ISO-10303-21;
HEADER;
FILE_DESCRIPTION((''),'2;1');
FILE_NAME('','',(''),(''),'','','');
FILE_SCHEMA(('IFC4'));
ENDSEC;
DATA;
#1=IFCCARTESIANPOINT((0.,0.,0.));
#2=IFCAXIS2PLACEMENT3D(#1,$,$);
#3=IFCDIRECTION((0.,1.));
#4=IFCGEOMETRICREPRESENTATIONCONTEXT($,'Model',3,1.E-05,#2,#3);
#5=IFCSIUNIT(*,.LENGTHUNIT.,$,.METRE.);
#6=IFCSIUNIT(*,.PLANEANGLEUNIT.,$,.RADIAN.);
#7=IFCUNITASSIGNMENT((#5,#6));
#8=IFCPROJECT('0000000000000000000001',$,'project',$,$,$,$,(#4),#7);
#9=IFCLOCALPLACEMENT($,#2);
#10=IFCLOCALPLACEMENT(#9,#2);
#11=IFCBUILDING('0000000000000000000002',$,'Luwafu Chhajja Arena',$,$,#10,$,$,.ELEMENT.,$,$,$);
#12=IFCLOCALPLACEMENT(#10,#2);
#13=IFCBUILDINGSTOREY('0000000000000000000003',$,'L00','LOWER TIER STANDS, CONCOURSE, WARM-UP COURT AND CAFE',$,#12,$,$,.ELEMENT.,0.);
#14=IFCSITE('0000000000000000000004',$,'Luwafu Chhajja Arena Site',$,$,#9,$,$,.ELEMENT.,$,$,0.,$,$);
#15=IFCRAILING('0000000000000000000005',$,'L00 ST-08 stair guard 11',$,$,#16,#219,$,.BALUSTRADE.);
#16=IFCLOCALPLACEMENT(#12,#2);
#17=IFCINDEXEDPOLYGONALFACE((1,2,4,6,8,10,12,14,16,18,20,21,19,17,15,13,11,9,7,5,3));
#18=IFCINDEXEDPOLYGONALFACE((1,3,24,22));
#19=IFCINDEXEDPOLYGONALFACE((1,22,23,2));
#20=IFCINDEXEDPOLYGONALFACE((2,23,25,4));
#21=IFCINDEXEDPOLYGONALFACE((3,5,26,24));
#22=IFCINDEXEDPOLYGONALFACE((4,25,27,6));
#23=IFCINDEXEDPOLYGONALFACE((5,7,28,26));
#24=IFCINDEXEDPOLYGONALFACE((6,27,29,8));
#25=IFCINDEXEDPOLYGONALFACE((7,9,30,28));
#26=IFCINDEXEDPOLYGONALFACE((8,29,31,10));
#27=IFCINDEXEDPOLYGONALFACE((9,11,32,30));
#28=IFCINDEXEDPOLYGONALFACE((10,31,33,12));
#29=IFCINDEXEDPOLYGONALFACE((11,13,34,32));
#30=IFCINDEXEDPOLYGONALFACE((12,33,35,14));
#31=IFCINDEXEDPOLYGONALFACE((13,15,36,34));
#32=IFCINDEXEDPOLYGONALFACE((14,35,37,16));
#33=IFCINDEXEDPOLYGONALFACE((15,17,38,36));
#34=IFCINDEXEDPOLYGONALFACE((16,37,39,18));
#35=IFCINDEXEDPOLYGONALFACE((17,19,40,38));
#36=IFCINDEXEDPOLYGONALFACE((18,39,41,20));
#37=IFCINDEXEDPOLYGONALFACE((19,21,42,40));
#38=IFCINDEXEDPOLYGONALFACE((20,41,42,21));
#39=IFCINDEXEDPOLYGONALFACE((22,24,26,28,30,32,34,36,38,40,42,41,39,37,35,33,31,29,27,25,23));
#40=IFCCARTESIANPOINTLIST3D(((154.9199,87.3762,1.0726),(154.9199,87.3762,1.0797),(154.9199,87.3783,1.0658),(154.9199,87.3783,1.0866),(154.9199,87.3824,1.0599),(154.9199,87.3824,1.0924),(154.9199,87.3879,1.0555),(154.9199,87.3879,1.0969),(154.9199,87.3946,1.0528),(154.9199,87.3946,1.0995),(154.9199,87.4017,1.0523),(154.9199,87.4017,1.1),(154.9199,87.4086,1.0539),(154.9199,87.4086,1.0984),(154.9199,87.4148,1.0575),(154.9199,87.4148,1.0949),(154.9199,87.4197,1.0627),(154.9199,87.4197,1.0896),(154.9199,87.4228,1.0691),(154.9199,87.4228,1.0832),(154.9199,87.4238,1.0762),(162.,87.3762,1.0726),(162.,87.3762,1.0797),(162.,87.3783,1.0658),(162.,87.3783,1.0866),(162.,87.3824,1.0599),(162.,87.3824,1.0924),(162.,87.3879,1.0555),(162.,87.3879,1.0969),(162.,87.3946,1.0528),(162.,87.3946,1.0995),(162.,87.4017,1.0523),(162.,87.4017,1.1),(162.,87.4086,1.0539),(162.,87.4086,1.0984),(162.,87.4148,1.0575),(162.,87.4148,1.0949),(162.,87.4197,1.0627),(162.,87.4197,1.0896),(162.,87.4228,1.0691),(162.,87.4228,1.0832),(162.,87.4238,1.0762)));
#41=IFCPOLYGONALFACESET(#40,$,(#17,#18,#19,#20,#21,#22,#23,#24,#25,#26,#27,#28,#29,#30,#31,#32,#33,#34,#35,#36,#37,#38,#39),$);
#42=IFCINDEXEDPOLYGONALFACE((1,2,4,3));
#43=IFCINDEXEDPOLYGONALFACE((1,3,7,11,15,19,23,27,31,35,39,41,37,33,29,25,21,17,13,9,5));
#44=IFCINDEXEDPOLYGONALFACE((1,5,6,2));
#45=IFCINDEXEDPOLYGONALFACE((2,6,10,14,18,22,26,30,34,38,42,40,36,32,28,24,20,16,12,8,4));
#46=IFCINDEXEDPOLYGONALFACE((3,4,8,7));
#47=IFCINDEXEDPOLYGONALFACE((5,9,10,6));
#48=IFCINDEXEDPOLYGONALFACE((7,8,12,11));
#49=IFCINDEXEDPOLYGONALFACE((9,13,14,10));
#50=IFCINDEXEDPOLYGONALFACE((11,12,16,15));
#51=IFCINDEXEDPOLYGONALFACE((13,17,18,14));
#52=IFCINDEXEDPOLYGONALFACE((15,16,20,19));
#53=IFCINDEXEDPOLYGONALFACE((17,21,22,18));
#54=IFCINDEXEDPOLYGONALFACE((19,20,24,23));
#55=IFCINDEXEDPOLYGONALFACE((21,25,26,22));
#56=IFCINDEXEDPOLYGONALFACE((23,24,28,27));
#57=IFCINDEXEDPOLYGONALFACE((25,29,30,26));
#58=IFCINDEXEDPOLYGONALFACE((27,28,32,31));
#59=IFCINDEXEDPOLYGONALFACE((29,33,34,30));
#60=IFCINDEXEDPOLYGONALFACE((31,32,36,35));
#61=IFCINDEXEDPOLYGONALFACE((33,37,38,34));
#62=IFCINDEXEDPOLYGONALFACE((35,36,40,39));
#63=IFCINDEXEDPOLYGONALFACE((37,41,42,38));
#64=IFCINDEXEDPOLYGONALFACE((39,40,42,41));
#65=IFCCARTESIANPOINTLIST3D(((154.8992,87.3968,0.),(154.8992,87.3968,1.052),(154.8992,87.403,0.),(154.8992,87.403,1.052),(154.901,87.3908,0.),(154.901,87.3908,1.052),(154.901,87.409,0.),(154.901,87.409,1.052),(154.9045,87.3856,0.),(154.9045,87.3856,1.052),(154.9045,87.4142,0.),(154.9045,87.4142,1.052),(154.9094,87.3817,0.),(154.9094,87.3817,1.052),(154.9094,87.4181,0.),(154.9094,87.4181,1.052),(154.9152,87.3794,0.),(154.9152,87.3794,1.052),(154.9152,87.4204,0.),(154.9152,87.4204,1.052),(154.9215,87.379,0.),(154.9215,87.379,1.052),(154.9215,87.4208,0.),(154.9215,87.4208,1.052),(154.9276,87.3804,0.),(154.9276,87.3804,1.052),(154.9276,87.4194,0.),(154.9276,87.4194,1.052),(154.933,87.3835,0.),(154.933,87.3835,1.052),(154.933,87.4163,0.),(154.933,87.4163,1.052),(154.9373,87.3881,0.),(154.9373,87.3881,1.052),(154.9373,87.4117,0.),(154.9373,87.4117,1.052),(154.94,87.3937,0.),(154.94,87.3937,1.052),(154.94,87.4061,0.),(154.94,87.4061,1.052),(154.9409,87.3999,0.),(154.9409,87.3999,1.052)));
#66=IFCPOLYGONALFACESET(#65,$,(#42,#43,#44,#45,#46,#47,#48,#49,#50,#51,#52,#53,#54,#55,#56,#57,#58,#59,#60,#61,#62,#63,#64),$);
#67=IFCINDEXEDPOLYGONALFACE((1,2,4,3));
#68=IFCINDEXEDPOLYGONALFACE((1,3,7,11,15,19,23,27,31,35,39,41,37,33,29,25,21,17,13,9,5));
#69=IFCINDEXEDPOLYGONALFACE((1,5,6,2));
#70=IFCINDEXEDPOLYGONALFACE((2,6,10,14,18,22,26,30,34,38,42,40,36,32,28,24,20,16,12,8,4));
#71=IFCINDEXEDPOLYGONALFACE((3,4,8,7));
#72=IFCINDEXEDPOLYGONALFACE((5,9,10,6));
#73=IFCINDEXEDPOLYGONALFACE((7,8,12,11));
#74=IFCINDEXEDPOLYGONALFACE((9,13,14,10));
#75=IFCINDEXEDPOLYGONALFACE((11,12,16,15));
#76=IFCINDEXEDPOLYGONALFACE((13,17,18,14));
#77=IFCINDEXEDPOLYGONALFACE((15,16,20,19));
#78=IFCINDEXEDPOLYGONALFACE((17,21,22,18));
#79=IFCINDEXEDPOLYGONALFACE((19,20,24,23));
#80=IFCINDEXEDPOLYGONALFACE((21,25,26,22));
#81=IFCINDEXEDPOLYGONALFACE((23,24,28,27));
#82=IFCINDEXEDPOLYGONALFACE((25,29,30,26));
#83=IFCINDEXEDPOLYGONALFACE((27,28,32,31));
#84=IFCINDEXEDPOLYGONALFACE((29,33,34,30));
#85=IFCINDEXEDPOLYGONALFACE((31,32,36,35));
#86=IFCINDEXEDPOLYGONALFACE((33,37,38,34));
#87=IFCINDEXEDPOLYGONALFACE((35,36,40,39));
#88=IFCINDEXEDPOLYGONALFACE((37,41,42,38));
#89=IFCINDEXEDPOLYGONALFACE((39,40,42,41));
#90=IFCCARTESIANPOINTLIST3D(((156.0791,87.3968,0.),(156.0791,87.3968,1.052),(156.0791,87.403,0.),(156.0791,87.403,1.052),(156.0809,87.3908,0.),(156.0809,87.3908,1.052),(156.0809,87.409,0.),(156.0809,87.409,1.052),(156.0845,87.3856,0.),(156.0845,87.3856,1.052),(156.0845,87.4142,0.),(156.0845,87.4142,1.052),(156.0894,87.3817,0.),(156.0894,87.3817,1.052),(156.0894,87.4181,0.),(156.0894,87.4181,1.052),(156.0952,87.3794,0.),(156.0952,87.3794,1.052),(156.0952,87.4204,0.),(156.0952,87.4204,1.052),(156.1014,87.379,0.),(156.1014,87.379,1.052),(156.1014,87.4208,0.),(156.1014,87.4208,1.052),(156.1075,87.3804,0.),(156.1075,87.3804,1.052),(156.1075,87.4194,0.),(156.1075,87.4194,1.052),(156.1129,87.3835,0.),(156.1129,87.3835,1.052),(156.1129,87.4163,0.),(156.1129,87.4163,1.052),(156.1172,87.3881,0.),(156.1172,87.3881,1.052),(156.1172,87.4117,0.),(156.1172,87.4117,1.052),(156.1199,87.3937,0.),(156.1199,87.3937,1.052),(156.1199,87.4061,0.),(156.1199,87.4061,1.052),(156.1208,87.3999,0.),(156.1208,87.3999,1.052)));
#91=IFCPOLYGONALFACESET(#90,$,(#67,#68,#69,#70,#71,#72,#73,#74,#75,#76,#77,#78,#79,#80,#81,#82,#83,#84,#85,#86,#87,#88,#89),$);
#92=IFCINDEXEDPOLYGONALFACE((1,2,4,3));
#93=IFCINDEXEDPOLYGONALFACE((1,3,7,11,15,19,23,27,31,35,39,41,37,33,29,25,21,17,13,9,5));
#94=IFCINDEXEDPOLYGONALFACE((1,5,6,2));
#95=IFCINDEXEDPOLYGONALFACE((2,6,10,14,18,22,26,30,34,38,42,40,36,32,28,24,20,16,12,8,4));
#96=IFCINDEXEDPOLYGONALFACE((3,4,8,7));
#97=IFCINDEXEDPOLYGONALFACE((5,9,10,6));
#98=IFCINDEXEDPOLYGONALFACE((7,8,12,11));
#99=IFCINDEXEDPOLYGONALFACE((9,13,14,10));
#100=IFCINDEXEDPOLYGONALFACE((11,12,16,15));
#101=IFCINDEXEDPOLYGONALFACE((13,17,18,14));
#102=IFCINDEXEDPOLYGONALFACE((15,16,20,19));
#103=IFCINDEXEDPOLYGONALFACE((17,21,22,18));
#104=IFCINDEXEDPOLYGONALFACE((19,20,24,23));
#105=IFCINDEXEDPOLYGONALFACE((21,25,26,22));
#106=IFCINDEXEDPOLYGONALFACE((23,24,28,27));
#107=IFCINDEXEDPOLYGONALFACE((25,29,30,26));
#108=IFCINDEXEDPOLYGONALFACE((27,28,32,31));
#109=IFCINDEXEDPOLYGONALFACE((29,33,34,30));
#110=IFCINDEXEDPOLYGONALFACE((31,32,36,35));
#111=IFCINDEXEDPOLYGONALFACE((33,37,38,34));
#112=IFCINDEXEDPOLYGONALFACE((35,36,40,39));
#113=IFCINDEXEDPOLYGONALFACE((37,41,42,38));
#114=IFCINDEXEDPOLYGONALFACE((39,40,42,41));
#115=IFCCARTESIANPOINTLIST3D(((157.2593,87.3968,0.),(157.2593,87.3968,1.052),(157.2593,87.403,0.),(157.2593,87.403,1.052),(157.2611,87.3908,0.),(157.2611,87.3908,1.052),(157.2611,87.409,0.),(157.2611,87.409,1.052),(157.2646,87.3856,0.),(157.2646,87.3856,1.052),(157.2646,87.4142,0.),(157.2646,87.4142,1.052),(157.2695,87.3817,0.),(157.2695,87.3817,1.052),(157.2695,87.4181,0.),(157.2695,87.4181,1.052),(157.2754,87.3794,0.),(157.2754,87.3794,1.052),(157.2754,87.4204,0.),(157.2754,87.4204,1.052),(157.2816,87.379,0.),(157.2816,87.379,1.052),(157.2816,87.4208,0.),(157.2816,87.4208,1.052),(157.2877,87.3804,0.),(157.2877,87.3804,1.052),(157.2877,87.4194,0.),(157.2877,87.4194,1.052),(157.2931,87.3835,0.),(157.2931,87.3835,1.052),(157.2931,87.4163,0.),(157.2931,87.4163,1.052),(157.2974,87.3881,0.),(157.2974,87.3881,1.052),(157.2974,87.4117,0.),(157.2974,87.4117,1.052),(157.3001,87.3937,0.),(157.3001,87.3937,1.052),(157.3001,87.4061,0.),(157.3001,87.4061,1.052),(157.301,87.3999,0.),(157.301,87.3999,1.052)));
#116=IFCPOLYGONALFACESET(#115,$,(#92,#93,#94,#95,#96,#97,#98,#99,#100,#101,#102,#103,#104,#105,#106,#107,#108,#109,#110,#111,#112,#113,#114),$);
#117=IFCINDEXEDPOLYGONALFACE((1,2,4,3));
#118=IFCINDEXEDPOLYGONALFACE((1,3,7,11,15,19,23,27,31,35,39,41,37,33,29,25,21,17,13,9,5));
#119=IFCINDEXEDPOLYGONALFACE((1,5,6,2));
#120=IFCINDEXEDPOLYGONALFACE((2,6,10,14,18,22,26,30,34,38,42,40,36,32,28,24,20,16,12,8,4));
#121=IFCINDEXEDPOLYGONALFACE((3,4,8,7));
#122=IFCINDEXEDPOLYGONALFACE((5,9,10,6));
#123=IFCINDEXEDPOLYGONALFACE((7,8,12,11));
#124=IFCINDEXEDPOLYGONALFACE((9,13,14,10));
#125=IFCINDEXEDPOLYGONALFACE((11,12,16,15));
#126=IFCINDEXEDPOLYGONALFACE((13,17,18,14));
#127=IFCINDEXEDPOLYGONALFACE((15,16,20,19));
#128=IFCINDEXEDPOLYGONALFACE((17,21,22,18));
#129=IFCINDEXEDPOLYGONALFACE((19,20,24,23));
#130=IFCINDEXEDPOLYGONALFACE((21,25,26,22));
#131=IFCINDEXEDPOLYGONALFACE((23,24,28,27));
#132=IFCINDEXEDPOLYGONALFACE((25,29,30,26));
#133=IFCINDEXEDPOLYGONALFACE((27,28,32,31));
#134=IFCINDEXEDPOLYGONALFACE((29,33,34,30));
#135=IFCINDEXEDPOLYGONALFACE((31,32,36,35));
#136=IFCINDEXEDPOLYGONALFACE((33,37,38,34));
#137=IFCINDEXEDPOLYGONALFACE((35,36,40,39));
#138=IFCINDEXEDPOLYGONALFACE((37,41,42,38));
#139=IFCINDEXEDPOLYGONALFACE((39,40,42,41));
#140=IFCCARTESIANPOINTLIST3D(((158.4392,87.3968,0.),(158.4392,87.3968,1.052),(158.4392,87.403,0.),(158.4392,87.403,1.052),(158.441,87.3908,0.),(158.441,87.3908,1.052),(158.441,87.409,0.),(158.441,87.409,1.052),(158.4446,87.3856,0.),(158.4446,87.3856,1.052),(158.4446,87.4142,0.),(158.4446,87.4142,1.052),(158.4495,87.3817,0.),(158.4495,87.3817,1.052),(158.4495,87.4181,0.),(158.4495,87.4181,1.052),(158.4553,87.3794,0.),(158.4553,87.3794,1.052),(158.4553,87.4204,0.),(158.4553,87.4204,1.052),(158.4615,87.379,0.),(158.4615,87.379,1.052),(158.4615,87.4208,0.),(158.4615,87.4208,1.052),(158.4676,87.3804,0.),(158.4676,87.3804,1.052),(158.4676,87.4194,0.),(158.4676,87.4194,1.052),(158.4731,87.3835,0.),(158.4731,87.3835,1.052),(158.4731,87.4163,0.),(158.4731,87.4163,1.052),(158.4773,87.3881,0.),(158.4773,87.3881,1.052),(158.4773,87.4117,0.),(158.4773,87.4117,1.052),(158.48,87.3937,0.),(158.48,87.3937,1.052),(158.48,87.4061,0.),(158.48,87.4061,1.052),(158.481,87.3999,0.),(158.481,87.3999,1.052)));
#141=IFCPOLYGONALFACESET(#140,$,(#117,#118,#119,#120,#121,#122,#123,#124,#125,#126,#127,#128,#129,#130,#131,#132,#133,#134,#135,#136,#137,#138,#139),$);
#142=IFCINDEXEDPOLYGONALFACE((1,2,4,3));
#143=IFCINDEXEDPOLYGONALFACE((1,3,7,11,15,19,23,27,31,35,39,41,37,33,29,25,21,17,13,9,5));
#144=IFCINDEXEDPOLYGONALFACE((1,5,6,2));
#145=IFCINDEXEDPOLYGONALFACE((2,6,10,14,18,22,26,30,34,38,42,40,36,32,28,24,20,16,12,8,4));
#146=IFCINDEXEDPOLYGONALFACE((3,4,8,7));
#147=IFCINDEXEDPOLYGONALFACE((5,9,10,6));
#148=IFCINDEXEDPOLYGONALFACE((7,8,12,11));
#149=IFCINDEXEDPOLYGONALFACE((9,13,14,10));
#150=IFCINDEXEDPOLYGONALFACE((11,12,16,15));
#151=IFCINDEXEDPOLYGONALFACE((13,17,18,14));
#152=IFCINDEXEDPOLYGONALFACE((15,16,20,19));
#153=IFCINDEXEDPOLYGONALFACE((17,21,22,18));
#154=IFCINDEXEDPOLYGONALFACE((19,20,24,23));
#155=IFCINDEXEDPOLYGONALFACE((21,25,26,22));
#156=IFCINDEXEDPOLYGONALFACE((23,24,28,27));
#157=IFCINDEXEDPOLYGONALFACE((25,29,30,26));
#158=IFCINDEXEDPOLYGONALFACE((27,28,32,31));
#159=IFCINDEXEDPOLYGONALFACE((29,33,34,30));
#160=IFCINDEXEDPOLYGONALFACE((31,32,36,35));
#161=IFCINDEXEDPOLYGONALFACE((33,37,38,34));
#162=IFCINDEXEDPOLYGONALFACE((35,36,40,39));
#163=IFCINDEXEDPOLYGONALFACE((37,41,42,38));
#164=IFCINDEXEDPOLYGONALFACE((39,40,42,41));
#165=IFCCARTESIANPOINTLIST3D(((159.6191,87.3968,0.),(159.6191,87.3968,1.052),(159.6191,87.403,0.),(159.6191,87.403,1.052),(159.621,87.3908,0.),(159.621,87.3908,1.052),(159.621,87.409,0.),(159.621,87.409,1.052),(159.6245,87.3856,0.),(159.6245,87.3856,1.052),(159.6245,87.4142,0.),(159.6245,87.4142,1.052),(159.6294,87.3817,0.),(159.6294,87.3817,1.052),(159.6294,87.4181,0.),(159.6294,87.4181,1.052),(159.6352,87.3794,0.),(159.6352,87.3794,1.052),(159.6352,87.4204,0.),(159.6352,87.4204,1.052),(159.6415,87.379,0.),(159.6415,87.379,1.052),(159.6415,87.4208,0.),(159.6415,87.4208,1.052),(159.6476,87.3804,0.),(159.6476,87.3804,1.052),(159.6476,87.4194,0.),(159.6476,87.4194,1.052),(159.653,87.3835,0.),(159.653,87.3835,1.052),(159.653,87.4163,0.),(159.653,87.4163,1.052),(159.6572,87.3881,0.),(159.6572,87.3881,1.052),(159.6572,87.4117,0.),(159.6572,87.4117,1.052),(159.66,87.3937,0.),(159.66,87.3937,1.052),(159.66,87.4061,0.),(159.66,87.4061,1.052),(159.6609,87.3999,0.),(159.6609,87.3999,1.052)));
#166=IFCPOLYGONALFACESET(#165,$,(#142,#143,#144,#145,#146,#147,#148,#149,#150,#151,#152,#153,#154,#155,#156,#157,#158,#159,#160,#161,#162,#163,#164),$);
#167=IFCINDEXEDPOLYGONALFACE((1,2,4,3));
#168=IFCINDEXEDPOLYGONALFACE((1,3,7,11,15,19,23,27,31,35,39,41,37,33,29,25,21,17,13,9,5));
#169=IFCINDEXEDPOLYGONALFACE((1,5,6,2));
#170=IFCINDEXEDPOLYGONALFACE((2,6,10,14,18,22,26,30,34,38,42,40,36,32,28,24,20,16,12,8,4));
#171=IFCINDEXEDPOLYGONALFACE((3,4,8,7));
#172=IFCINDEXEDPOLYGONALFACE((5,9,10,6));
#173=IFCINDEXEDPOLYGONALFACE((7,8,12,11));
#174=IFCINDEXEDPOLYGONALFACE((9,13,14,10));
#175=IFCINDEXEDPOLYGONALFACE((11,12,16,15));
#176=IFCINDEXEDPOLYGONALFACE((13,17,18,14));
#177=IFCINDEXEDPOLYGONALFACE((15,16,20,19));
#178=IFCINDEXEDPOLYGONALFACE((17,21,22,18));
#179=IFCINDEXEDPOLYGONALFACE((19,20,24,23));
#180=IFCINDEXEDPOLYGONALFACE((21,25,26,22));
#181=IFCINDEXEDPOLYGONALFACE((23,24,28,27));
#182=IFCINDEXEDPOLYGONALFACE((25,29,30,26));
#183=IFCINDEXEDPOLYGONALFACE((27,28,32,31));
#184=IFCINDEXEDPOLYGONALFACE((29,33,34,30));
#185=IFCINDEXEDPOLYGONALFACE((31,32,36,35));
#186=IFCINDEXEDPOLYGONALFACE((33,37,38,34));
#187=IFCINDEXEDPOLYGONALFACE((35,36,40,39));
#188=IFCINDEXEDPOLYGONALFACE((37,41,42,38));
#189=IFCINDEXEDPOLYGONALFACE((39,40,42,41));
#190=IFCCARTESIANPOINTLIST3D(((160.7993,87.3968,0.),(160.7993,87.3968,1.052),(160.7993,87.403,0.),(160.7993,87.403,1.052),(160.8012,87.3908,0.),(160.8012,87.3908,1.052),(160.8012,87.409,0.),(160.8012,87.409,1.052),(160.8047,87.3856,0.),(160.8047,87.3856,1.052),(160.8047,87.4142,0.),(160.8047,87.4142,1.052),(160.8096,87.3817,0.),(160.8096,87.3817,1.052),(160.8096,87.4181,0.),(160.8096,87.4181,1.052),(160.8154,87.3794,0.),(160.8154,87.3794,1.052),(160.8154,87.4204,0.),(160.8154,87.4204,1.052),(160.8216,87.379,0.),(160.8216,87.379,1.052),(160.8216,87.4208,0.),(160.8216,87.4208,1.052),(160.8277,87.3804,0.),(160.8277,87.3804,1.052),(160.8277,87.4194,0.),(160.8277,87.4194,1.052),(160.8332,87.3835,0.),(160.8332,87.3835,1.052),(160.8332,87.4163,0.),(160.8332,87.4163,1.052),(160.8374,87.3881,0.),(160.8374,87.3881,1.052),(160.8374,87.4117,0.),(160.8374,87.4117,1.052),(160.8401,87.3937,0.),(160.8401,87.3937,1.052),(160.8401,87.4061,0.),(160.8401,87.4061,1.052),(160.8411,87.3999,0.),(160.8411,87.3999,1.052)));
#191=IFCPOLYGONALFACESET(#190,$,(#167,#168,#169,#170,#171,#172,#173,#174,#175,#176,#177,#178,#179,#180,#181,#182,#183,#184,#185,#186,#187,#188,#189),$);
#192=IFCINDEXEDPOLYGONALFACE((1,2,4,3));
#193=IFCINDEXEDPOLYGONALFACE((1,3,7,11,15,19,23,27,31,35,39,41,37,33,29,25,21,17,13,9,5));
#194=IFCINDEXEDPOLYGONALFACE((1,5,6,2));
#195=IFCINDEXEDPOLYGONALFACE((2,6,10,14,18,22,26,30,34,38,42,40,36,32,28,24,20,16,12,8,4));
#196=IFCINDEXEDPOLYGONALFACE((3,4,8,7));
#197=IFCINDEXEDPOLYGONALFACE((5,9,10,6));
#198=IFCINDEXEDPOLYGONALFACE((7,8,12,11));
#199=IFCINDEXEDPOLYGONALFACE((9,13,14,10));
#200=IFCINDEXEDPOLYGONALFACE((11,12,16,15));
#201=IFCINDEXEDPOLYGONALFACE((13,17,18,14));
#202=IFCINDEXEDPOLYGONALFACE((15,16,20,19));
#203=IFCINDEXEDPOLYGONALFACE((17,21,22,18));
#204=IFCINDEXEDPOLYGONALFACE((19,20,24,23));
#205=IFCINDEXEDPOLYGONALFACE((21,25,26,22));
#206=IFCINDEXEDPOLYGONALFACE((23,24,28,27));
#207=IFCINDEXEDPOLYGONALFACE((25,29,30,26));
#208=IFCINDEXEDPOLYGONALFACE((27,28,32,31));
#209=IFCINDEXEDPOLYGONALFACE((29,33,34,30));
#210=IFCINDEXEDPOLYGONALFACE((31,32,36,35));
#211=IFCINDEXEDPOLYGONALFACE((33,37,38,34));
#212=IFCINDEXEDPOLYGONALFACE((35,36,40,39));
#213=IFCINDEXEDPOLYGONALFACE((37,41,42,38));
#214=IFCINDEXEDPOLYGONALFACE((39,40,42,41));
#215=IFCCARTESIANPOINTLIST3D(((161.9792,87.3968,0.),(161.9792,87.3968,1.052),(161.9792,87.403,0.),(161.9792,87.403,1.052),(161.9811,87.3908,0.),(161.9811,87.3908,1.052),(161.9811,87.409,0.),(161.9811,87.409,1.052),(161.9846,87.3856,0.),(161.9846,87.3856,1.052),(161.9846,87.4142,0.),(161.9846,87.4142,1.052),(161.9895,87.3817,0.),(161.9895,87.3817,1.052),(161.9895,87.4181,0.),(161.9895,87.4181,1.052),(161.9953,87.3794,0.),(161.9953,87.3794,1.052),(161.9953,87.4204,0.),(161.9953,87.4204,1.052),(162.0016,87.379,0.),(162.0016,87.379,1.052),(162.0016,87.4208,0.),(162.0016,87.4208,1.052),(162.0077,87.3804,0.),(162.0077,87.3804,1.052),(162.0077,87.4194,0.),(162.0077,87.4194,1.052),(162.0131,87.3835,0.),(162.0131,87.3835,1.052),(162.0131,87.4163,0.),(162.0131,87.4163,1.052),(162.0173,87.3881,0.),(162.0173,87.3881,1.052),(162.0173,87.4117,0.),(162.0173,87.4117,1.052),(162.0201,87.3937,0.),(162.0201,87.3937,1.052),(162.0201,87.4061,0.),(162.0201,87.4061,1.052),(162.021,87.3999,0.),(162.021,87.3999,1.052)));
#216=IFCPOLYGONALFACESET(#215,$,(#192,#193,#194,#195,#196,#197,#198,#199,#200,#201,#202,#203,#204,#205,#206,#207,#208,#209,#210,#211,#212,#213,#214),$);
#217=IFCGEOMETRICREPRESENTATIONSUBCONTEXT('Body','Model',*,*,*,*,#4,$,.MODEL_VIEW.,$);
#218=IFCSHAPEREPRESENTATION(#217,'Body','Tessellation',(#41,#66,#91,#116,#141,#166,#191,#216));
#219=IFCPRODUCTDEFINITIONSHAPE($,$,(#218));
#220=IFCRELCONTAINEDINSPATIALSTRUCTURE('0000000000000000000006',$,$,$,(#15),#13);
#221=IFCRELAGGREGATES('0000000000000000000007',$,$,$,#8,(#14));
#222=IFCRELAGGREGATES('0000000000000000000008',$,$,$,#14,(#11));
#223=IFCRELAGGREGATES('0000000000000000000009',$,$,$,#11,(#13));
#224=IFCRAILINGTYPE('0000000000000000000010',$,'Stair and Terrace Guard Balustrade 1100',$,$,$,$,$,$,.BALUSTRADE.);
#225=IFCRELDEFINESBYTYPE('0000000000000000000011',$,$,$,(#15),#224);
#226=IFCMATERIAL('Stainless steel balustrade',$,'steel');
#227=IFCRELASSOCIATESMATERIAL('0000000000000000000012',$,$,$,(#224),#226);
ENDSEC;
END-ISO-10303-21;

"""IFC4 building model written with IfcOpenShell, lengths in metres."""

from ifc_helpers import new_model, si_unit, direction, frame, origin, origin_2d, place, context, subcontext, project, spatial, circle, extrude, material, type_object, element, save


model = new_model("IFC4")

# Units and contexts
model_context = context("Model", 3, precision=1e-05, world=origin(), true_north=direction((0.0, 1.0)))
body_context = subcontext(model_context, "Body", "Model", "MODEL_VIEW")
ifc_project = project(units=[si_unit("LENGTHUNIT", "METRE"), si_unit("PLANEANGLEUNIT", "RADIAN")], contexts=[model_context])

# Site, building, storey
site_placement = place(None, origin())
site = spatial("IfcSite", under=ifc_project, at=site_placement, Name="Luwafu Chhajja Arena Site", CompositionType="ELEMENT", RefElevation=0.0)
building_placement = place(site_placement, origin())
building = spatial("IfcBuilding", under=site, at=building_placement, Name="Luwafu Chhajja Arena", CompositionType="ELEMENT")
storey_placement = place(building_placement, origin())
storey = spatial("IfcBuildingStorey", under=building, at=storey_placement, Name="L00", Description="LOWER TIER STANDS, CONCOURSE, WARM-UP COURT AND CAFE", CompositionType="ELEMENT", Elevation=0.0)

# Railing
ifc_material_1 = material(Name="Stainless steel balustrade", Category="steel")
railing_type_1 = type_object("IfcRailingType", Name="Stair and Terrace Guard Balustrade 1100", PredefinedType="BALUSTRADE", material=ifc_material_1)
for number, where, name in (
    (1, (154.9199, 87.3999, 0.0), "L00 ST-08 stair guard 11"),
):
    element("IfcRailing", number, at=place(storey_placement, frame(where)), inside=storey, type_object=railing_type_1, Name=name, PredefinedType="BALUSTRADE", context=body_context, shape_type="SweptSolid", body=[
        extrude(circle(Radius=0.0239, at=origin_2d()), frame((0.0, 0.0, 1.0762), z_axis=(1.0, 0.0, 0.0), x_axis=(0.0, 1.0, 0.0)), (0.0, 0.0, 1.0), 7.0801),
        extrude(circle(Radius=0.021, at=origin_2d()), origin(), (0.0, 0.0, 1.0), 1.052),
        extrude(circle(Radius=0.021, at=origin_2d()), frame((1.1799, 0.0, 0.0)), (0.0, 0.0, 1.0), 1.052),
        extrude(circle(Radius=0.021, at=origin_2d()), frame((2.3601, 0.0, 0.0)), (0.0, 0.0, 1.0), 1.052),
        extrude(circle(Radius=0.021, at=origin_2d()), frame((3.54, 0.0, 0.0)), (0.0, 0.0, 1.0), 1.052),
        extrude(circle(Radius=0.021, at=origin_2d()), frame((4.72, 0.0, 0.0)), (0.0, 0.0, 1.0), 1.052),
        extrude(circle(Radius=0.021, at=origin_2d()), frame((5.9001, 0.0, 0.0)), (0.0, 0.0, 1.0), 1.052),
        extrude(circle(Radius=0.021, at=origin_2d()), frame((7.0801, 0.0, 0.0)), (0.0, 0.0, 1.0), 1.052),
    ])

save(model, "model.ifc")
